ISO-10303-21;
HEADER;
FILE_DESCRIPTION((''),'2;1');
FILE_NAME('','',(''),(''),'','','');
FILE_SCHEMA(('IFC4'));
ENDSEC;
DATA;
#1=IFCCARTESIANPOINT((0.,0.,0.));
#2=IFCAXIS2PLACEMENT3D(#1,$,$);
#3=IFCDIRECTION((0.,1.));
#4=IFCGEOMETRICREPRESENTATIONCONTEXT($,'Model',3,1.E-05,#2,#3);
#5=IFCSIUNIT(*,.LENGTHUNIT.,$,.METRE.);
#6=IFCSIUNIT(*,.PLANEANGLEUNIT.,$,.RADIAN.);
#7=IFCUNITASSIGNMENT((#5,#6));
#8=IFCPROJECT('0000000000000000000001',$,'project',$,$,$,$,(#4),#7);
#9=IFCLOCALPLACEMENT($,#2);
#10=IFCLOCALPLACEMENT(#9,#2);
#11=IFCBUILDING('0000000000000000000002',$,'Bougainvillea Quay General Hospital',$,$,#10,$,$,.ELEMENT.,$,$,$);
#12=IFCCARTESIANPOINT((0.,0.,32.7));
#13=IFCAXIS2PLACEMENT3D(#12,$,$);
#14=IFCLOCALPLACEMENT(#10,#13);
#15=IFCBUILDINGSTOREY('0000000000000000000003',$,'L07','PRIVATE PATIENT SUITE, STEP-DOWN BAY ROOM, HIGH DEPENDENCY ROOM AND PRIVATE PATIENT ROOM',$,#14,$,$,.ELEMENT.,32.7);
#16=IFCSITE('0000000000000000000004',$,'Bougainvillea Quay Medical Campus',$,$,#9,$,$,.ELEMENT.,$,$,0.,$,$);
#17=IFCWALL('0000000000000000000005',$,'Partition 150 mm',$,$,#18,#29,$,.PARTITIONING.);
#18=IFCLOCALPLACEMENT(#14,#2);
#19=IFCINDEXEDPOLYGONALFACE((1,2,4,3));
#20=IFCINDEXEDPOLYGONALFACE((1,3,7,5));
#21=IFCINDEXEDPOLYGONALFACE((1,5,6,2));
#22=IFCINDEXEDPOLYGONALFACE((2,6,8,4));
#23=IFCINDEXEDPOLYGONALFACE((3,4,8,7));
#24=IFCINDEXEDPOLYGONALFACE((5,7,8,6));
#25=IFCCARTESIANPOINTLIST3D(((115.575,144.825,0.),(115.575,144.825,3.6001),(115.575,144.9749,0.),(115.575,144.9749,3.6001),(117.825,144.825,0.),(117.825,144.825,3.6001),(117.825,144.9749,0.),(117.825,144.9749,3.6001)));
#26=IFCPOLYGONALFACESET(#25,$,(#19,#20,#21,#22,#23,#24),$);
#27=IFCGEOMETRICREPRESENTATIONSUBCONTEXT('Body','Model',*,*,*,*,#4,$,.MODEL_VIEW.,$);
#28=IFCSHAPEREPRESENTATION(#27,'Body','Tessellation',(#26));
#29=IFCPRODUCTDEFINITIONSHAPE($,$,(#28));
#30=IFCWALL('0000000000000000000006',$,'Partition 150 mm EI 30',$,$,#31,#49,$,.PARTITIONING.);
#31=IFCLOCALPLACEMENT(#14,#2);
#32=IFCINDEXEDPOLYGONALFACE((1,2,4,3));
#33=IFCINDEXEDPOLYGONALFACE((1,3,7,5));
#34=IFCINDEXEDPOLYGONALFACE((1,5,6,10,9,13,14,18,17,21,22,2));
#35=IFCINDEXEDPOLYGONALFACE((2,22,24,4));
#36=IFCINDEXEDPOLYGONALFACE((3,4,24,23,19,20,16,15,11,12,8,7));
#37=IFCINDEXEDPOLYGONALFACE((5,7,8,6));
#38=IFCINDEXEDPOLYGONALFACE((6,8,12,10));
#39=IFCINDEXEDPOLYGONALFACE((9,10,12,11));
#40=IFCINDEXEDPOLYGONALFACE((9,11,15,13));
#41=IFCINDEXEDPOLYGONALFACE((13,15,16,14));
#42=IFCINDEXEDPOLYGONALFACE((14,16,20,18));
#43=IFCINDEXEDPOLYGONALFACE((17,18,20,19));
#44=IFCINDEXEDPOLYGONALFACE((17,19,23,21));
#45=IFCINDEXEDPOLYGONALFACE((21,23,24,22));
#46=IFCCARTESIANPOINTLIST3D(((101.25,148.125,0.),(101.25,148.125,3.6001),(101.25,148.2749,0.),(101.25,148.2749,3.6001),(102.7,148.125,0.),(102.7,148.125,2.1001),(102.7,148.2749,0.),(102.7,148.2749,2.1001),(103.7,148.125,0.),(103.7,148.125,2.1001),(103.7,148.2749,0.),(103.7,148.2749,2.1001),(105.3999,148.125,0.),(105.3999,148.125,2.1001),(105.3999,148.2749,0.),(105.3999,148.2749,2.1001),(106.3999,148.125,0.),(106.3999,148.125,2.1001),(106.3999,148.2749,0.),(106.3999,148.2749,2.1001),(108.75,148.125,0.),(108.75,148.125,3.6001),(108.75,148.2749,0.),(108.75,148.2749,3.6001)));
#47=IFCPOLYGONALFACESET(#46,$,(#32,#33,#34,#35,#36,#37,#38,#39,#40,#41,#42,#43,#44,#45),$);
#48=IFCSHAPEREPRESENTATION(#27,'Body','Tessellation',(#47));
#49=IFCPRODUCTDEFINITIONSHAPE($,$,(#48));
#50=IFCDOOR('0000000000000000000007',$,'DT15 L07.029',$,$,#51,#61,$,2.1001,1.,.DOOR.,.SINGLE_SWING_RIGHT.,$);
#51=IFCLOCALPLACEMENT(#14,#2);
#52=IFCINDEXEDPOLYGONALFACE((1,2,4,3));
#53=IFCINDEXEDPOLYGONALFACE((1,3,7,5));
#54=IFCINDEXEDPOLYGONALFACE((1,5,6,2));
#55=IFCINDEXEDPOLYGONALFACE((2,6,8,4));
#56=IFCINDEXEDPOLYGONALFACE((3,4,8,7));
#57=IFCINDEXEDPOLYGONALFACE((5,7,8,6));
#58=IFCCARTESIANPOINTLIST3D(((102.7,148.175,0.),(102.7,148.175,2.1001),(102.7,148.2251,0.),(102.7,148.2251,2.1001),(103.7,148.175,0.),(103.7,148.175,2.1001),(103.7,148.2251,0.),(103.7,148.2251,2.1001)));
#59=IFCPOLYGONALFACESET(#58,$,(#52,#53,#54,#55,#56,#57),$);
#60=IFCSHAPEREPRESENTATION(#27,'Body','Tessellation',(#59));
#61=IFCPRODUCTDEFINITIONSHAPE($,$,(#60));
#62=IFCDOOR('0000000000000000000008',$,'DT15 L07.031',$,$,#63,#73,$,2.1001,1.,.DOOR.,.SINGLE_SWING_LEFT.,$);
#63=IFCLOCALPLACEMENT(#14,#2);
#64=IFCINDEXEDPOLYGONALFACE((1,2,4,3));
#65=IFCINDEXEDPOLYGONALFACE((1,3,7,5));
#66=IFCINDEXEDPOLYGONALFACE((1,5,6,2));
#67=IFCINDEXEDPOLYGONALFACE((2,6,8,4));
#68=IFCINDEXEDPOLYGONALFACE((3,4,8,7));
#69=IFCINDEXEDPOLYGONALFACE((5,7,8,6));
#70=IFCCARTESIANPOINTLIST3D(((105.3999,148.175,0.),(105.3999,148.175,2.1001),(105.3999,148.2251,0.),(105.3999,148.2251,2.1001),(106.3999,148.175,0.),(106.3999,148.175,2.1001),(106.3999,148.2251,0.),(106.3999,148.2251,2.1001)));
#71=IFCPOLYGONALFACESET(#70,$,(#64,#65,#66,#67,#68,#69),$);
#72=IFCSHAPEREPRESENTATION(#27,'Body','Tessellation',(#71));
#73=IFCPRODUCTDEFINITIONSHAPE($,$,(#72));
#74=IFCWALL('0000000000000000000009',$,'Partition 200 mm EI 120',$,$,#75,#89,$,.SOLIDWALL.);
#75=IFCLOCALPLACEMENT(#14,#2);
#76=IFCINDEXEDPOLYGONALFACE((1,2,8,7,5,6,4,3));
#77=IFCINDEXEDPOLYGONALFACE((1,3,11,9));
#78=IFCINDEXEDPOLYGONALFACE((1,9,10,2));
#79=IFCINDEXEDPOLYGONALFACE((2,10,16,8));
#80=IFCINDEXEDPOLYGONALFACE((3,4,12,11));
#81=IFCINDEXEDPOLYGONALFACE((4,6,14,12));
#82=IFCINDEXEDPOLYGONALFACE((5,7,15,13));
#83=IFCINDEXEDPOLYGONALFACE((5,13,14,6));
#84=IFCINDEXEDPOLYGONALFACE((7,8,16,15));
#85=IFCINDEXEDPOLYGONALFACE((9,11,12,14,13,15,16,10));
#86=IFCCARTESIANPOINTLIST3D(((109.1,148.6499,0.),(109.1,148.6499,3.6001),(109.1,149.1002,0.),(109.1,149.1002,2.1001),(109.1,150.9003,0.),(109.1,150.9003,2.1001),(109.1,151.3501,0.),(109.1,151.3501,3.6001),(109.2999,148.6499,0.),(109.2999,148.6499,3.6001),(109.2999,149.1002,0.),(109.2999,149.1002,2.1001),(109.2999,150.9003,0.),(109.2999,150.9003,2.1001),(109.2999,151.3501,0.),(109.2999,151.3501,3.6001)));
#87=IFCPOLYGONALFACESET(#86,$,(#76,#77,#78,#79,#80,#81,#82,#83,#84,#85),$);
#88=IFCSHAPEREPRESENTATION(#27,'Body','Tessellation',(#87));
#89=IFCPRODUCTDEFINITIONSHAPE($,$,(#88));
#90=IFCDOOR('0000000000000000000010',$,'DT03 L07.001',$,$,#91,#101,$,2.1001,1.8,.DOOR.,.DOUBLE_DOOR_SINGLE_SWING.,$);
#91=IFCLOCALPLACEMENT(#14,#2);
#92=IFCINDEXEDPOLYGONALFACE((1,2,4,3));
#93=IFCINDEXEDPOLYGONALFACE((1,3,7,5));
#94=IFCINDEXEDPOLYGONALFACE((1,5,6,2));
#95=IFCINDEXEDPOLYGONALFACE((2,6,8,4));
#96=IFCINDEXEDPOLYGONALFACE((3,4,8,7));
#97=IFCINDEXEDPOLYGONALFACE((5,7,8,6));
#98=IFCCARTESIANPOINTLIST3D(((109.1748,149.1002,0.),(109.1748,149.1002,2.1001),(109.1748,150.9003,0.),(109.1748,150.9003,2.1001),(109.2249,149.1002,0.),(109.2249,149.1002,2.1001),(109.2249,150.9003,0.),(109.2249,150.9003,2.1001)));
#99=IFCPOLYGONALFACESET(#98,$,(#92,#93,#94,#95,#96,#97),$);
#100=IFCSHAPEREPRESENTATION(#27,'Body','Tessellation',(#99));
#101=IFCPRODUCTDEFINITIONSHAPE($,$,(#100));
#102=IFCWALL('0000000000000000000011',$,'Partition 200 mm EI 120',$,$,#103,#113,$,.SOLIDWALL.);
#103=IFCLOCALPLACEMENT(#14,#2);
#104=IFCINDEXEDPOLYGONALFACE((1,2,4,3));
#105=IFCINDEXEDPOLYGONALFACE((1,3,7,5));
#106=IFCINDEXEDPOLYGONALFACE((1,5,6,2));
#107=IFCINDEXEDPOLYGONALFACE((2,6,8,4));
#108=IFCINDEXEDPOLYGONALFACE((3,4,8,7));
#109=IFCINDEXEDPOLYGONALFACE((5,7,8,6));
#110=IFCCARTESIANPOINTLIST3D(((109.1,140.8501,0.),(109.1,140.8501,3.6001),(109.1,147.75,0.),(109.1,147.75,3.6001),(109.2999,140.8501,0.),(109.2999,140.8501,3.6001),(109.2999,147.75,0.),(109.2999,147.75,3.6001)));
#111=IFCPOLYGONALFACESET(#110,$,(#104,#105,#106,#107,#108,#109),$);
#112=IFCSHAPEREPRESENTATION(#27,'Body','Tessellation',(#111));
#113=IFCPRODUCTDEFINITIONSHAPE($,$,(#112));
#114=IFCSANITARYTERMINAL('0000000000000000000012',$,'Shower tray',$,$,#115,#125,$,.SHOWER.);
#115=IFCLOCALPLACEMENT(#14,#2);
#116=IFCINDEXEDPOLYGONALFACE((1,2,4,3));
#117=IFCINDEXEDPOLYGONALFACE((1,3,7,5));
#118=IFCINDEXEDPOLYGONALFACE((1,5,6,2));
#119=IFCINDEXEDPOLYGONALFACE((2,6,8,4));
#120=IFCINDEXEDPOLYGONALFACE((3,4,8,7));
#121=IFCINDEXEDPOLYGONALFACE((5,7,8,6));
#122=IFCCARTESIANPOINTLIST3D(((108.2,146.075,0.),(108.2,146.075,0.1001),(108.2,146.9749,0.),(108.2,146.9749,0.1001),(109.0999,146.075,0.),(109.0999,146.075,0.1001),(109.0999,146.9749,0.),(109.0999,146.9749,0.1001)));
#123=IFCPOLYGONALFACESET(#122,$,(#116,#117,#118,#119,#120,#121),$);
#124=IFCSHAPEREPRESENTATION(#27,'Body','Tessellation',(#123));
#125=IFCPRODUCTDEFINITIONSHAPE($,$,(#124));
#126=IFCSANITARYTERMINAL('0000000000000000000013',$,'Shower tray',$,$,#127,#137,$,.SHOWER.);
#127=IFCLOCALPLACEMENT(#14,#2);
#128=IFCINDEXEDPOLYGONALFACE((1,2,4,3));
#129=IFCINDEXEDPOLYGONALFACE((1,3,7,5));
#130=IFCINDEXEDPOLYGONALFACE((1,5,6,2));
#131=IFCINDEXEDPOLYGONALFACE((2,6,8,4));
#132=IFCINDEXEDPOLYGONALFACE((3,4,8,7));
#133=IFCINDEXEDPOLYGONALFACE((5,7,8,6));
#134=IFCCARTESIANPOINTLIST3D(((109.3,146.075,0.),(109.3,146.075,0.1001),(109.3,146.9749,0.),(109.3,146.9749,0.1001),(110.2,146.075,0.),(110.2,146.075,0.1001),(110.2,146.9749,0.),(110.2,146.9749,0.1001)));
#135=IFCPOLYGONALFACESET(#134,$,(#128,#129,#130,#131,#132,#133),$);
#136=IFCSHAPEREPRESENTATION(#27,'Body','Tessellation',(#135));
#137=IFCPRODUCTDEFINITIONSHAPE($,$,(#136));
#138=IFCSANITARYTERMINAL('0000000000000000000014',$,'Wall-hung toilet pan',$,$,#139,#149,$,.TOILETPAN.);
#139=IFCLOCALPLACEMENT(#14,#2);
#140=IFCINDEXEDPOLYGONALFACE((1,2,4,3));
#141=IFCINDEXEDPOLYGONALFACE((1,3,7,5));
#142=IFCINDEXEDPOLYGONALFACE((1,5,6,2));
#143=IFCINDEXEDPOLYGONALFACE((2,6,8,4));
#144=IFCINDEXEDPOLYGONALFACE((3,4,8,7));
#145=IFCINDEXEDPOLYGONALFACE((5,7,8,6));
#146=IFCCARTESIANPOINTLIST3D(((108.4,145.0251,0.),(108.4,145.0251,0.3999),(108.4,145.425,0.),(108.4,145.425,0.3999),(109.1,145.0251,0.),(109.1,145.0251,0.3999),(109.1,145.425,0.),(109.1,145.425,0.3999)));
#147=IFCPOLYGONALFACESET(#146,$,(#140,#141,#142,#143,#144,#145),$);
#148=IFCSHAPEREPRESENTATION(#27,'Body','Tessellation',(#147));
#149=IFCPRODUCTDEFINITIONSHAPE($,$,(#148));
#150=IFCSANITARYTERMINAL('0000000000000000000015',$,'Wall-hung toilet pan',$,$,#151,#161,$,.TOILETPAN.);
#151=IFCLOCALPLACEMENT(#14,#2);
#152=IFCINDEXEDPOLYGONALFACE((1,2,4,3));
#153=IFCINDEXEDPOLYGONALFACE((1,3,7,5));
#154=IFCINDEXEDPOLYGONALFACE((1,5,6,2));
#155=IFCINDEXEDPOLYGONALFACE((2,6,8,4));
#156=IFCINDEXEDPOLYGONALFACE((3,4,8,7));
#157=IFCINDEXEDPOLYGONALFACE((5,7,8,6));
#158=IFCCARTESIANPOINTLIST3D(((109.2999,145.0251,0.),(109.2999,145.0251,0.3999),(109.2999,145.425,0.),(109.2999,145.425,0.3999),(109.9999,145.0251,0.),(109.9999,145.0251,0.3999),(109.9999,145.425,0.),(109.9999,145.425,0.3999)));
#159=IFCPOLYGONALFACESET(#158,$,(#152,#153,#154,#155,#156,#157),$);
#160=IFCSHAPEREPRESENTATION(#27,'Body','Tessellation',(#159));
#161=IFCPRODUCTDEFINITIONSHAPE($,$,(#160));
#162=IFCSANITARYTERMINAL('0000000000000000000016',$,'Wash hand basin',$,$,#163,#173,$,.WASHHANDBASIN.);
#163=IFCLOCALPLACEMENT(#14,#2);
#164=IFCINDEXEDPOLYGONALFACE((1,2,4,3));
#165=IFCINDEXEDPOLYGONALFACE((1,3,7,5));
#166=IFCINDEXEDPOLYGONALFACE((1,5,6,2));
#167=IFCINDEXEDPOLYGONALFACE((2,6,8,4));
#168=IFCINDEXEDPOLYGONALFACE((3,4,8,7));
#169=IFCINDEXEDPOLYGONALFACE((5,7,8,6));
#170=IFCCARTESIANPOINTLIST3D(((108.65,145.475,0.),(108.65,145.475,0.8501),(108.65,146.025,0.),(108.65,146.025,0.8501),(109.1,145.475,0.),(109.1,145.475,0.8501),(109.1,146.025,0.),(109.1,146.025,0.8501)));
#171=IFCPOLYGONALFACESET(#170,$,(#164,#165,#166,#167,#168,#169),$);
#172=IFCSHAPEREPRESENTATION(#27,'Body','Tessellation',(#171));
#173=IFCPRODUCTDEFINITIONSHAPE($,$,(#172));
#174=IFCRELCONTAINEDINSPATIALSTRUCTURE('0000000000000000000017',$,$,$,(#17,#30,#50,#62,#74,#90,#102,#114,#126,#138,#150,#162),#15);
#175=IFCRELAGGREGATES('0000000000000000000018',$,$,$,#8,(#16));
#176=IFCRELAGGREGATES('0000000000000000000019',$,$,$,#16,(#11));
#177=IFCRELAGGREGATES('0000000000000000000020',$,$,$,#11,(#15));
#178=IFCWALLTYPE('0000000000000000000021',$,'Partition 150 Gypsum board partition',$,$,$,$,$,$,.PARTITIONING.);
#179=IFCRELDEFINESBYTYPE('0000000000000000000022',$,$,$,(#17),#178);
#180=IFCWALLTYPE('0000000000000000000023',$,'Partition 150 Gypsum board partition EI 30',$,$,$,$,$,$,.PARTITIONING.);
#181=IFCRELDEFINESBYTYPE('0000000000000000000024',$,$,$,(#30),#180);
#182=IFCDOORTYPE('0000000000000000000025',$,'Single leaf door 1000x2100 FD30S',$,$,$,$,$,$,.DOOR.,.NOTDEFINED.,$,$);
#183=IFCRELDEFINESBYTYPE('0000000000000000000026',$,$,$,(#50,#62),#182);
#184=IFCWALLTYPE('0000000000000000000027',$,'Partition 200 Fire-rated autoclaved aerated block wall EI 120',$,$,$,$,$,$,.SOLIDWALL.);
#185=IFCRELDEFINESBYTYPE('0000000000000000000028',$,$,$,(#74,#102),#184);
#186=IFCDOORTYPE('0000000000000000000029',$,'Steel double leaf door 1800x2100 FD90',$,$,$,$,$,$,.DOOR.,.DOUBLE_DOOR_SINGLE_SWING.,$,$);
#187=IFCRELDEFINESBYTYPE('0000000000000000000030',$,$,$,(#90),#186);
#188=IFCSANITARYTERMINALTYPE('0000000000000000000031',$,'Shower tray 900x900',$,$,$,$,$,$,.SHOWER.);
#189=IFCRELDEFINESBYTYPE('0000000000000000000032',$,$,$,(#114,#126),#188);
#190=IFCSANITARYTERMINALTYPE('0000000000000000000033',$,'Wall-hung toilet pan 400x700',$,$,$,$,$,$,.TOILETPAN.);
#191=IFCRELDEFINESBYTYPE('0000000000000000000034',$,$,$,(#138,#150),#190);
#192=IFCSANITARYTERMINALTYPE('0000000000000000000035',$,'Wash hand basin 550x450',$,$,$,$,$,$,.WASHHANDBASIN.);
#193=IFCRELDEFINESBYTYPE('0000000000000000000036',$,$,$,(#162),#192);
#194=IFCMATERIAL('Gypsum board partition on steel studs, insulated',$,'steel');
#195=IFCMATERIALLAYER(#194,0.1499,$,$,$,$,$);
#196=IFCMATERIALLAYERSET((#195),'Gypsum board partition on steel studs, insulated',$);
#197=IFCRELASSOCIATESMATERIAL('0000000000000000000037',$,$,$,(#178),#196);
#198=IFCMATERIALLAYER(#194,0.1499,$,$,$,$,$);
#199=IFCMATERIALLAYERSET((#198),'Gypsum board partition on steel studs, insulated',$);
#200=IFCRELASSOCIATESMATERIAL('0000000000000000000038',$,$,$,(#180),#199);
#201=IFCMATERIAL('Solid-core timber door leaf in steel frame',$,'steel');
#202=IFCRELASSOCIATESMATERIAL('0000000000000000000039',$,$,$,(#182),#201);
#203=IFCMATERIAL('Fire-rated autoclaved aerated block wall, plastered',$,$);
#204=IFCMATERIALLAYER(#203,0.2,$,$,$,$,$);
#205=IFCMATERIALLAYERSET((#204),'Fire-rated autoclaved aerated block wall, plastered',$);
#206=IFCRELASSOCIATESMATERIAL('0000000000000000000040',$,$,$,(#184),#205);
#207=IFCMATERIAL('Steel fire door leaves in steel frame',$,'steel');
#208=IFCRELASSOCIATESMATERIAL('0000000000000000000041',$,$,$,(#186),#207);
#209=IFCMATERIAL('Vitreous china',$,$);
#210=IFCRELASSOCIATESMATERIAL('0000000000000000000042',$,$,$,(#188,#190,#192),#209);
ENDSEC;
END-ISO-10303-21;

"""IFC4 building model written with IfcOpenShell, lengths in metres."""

from ifc_helpers import new_model, si_unit, direction, frame, frame_2d, origin, origin_2d, place, context, subcontext, project, spatial, rectangle, extrude, material, layer, layer_set, type_object, element, fill, save


model = new_model("IFC4")

# Units and contexts
model_context = context("Model", 3, precision=1e-05, world=origin(), true_north=direction((0.0, 1.0)))
body_context = subcontext(model_context, "Body", "Model", "MODEL_VIEW")
ifc_project = project(units=[si_unit("LENGTHUNIT", "METRE"), si_unit("PLANEANGLEUNIT", "RADIAN")], contexts=[model_context])

# Site, building, storey
site_placement = place(None, origin())
site = spatial("IfcSite", under=ifc_project, at=site_placement, Name="Bougainvillea Quay Medical Campus", CompositionType="ELEMENT", RefElevation=0.0)
building_placement = place(site_placement, origin())
building = spatial("IfcBuilding", under=site, at=building_placement, Name="Bougainvillea Quay General Hospital", CompositionType="ELEMENT")
storey_placement = place(building_placement, frame((0.0, 0.0, 32.7)))
storey = spatial("IfcBuildingStorey", under=building, at=storey_placement, Name="L07", Description="PRIVATE PATIENT SUITE, STEP-DOWN BAY ROOM, HIGH DEPENDENCY ROOM AND PRIVATE PATIENT ROOM", CompositionType="ELEMENT", Elevation=32.7)

# Shared definitions
ifc_material_1 = material(Name="Gypsum board partition on steel studs, insulated", Category="steel")
ifc_layer_1 = layer(ifc_material_1, 0.1499)
ifc_layer_set_1 = layer_set([ifc_layer_1], Name="Gypsum board partition on steel studs, insulated")
wall_type_1 = type_object("IfcWallType", Name="Partition 150 Gypsum board partition", PredefinedType="PARTITIONING", material=ifc_layer_set_1)

# Shared definitions
ifc_material_2 = material(Name="Solid-core timber door leaf in steel frame", Category="steel")

# Wall
wall_1_placement = place(storey_placement, frame((115.575, 144.8999, 0.0), z_axis=(0.0, 0.0, 1.0), x_axis=(1.0, 0.0, 0.0)))
element("IfcWall", 1, at=wall_1_placement, inside=storey, type_object=wall_type_1, Name="Partition 150 mm", PredefinedType="PARTITIONING", context=body_context, shape_type="SweptSolid", body=[
    extrude(rectangle(XDim=2.25, YDim=0.1499, at=frame_2d((1.125, 0.0))), origin(), (0.0, 0.0, 1.0), 3.6001),
])

# Wall, openings, doors
ifc_layer_2 = layer(ifc_material_1, 0.1499)
ifc_layer_set_2 = layer_set([ifc_layer_2], Name="Gypsum board partition on steel studs, insulated")
wall_type_2 = type_object("IfcWallType", Name="Partition 150 Gypsum board partition EI 30", PredefinedType="PARTITIONING", material=ifc_layer_set_2)
wall_2_placement = place(storey_placement, frame((108.75, 148.2, 0.0), z_axis=(0.0, 0.0, 1.0), x_axis=(-1.0, 0.0, 0.0)))
wall_2 = element("IfcWall", 2, at=wall_2_placement, inside=storey, type_object=wall_type_2, Name="Partition 150 mm EI 30", PredefinedType="PARTITIONING", context=body_context, shape_type="SweptSolid", body=[
    extrude(rectangle(XDim=7.5, YDim=0.1499, at=frame_2d((3.75, 0.0))), origin(), (0.0, 0.0, 1.0), 3.6001),
])
opening_1_placement = place(wall_2_placement, frame((5.05, 0.0, 0.0)))
opening_1 = element("IfcOpeningElement", 3, at=opening_1_placement, cuts=wall_2, PredefinedType="OPENING", context=body_context, shape_type="SweptSolid", body=[
    extrude(rectangle(XDim=1.0, YDim=2.1001, at=frame_2d((0.5, 1.05))), frame((0.0, 0.085, 0.0), z_axis=(0.0, -1.0, 0.0), x_axis=(1.0, 0.0, 0.0)), (0.0, 0.0, 1.0), 0.1699),
])
opening_2_placement = place(wall_2_placement, frame((2.3501, 0.0, 0.0)))
opening_2 = element("IfcOpeningElement", 4, at=opening_2_placement, cuts=wall_2, PredefinedType="OPENING", context=body_context, shape_type="SweptSolid", body=[
    extrude(rectangle(XDim=1.0, YDim=2.1001, at=frame_2d((0.5, 1.05))), frame((0.0, 0.085, 0.0), z_axis=(0.0, -1.0, 0.0), x_axis=(1.0, 0.0, 0.0)), (0.0, 0.0, 1.0), 0.1699),
])
door_type_1 = type_object("IfcDoorType", Name="Single leaf door 1000x2100 FD30S", OperationType="NOTDEFINED", PredefinedType="DOOR", material=ifc_material_2)
door_1_placement = place(opening_1_placement, origin())
door_1 = element("IfcDoor", 5, at=door_1_placement, inside=storey, type_object=door_type_1, Name="DT15 L07.029", OperationType="SINGLE_SWING_RIGHT", OverallHeight=2.1001, OverallWidth=1.0, PredefinedType="DOOR", context=body_context, shape_type="SweptSolid", body=[
    extrude(rectangle(XDim=1.0, YDim=2.1001, at=frame_2d((0.5, 1.05))), frame((0.0, 0.0249, 0.0), z_axis=(0.0, -1.0, 0.0), x_axis=(1.0, 0.0, 0.0)), (0.0, 0.0, 1.0), 0.05),
])
fill(opening_1, door_1)
door_2_placement = place(opening_2_placement, origin())
door_2 = element("IfcDoor", 6, at=door_2_placement, inside=storey, type_object=door_type_1, Name="DT15 L07.031", OperationType="SINGLE_SWING_LEFT", OverallHeight=2.1001, OverallWidth=1.0, PredefinedType="DOOR", context=body_context, shape_type="SweptSolid", body=[
    extrude(rectangle(XDim=1.0, YDim=2.1001, at=frame_2d((0.5, 1.05))), frame((0.0, 0.0249, 0.0), z_axis=(0.0, -1.0, 0.0), x_axis=(1.0, 0.0, 0.0)), (0.0, 0.0, 1.0), 0.05),
])
fill(opening_2, door_2)

# Wall, opening, door
ifc_material_3 = material(Name="Fire-rated autoclaved aerated block wall, plastered")
ifc_layer_3 = layer(ifc_material_3, 0.2)
ifc_layer_set_3 = layer_set([ifc_layer_3], Name="Fire-rated autoclaved aerated block wall, plastered")
wall_type_3 = type_object("IfcWallType", Name="Partition 200 Fire-rated autoclaved aerated block wall EI 120", PredefinedType="SOLIDWALL", material=ifc_layer_set_3)
wall_3_placement = place(storey_placement, frame((109.2, 151.3501, 0.0), z_axis=(0.0, 0.0, 1.0), x_axis=(0.0, -1.0, 0.0)))
wall_3 = element("IfcWall", 7, at=wall_3_placement, inside=storey, type_object=wall_type_3, Name="Partition 200 mm EI 120", PredefinedType="SOLIDWALL", context=body_context, shape_type="SweptSolid", body=[
    extrude(rectangle(XDim=2.7002, YDim=0.2, at=frame_2d((1.3501, 0.0))), origin(), (0.0, 0.0, 1.0), 3.6001),
])
opening_3_placement = place(wall_3_placement, frame((0.45, 0.0, 0.0)))
opening_3 = element("IfcOpeningElement", 8, at=opening_3_placement, cuts=wall_3, PredefinedType="OPENING", context=body_context, shape_type="SweptSolid", body=[
    extrude(rectangle(XDim=1.8, YDim=2.1001, at=frame_2d((0.8999, 1.05))), frame((0.0, 0.1099, 0.0), z_axis=(0.0, -1.0, 0.0), x_axis=(1.0, 0.0, 0.0)), (0.0, 0.0, 1.0), 0.22),
])
ifc_material_4 = material(Name="Steel fire door leaves in steel frame", Category="steel")
door_type_2 = type_object("IfcDoorType", Name="Steel double leaf door 1800x2100 FD90", OperationType="DOUBLE_DOOR_SINGLE_SWING", PredefinedType="DOOR", material=ifc_material_4)
door_3_placement = place(opening_3_placement, origin())
door_3 = element("IfcDoor", 9, at=door_3_placement, inside=storey, type_object=door_type_2, Name="DT03 L07.001", OperationType="DOUBLE_DOOR_SINGLE_SWING", OverallHeight=2.1001, OverallWidth=1.8, PredefinedType="DOOR", context=body_context, shape_type="SweptSolid", body=[
    extrude(rectangle(XDim=1.8, YDim=2.1001, at=frame_2d((0.8999, 1.05))), frame((0.0, 0.0249, 0.0), z_axis=(0.0, -1.0, 0.0), x_axis=(1.0, 0.0, 0.0)), (0.0, 0.0, 1.0), 0.05),
])
fill(opening_3, door_3)

# Wall
wall_4_placement = place(storey_placement, frame((109.2, 147.75, 0.0), z_axis=(0.0, 0.0, 1.0), x_axis=(0.0, -1.0, 0.0)))
element("IfcWall", 10, at=wall_4_placement, inside=storey, type_object=wall_type_3, Name="Partition 200 mm EI 120", PredefinedType="SOLIDWALL", context=body_context, shape_type="SweptSolid", body=[
    extrude(rectangle(XDim=6.8999, YDim=0.2, at=frame_2d((3.45, 0.0))), origin(), (0.0, 0.0, 1.0), 3.6001),
])

# Sanitary terminals
ifc_material_5 = material(Name="Vitreous china")
sanitary_terminal_type_1 = type_object("IfcSanitaryTerminalType", Name="Shower tray 900x900", PredefinedType="SHOWER", material=ifc_material_5)
for number, where, z_axis, x_axis, name in (
    (11, (108.6499, 146.5249, 0.0), (0.0, 0.0, 1.0), (0.0, -1.0, 0.0), "Shower tray"),
    (12, (109.75, 146.5249, 0.0), (0.0, 0.0, 1.0), (0.0, 1.0, 0.0), "Shower tray"),
):
    element("IfcSanitaryTerminal", number, at=place(storey_placement, frame(where, z_axis=z_axis, x_axis=x_axis)), inside=storey, type_object=sanitary_terminal_type_1, Name=name, PredefinedType="SHOWER", context=body_context, shape_type="SweptSolid", body=[
        extrude(rectangle(XDim=0.8999, YDim=0.8999, at=origin_2d()), origin(), (0.0, 0.0, 1.0), 0.1001),
    ])
sanitary_terminal_type_2 = type_object("IfcSanitaryTerminalType", Name="Wall-hung toilet pan 400x700", PredefinedType="TOILETPAN", material=ifc_material_5)
for number, where, z_axis, x_axis, name in (
    (13, (108.75, 145.2251, 0.0), (0.0, 0.0, 1.0), (0.0, -1.0, 0.0), "Wall-hung toilet pan"),
    (14, (109.6499, 145.2251, 0.0), (0.0, 0.0, 1.0), (0.0, 1.0, 0.0), "Wall-hung toilet pan"),
):
    element("IfcSanitaryTerminal", number, at=place(storey_placement, frame(where, z_axis=z_axis, x_axis=x_axis)), inside=storey, type_object=sanitary_terminal_type_2, Name=name, PredefinedType="TOILETPAN", context=body_context, shape_type="SweptSolid", body=[
        extrude(rectangle(XDim=0.3999, YDim=0.7, at=origin_2d()), origin(), (0.0, 0.0, 1.0), 0.3999),
    ])
sanitary_terminal_type_3 = type_object("IfcSanitaryTerminalType", Name="Wash hand basin 550x450", PredefinedType="WASHHANDBASIN", material=ifc_material_5)
for number, where, z_axis, x_axis, name in (
    (15, (108.875, 145.75, 0.0), (0.0, 0.0, 1.0), (0.0, -1.0, 0.0), "Wash hand basin"),
):
    element("IfcSanitaryTerminal", number, at=place(storey_placement, frame(where, z_axis=z_axis, x_axis=x_axis)), inside=storey, type_object=sanitary_terminal_type_3, Name=name, PredefinedType="WASHHANDBASIN", context=body_context, shape_type="SweptSolid", body=[
        extrude(rectangle(XDim=0.55, YDim=0.45, at=origin_2d()), origin(), (0.0, 0.0, 1.0), 0.8501),
    ])

save(model, "model.ifc")
